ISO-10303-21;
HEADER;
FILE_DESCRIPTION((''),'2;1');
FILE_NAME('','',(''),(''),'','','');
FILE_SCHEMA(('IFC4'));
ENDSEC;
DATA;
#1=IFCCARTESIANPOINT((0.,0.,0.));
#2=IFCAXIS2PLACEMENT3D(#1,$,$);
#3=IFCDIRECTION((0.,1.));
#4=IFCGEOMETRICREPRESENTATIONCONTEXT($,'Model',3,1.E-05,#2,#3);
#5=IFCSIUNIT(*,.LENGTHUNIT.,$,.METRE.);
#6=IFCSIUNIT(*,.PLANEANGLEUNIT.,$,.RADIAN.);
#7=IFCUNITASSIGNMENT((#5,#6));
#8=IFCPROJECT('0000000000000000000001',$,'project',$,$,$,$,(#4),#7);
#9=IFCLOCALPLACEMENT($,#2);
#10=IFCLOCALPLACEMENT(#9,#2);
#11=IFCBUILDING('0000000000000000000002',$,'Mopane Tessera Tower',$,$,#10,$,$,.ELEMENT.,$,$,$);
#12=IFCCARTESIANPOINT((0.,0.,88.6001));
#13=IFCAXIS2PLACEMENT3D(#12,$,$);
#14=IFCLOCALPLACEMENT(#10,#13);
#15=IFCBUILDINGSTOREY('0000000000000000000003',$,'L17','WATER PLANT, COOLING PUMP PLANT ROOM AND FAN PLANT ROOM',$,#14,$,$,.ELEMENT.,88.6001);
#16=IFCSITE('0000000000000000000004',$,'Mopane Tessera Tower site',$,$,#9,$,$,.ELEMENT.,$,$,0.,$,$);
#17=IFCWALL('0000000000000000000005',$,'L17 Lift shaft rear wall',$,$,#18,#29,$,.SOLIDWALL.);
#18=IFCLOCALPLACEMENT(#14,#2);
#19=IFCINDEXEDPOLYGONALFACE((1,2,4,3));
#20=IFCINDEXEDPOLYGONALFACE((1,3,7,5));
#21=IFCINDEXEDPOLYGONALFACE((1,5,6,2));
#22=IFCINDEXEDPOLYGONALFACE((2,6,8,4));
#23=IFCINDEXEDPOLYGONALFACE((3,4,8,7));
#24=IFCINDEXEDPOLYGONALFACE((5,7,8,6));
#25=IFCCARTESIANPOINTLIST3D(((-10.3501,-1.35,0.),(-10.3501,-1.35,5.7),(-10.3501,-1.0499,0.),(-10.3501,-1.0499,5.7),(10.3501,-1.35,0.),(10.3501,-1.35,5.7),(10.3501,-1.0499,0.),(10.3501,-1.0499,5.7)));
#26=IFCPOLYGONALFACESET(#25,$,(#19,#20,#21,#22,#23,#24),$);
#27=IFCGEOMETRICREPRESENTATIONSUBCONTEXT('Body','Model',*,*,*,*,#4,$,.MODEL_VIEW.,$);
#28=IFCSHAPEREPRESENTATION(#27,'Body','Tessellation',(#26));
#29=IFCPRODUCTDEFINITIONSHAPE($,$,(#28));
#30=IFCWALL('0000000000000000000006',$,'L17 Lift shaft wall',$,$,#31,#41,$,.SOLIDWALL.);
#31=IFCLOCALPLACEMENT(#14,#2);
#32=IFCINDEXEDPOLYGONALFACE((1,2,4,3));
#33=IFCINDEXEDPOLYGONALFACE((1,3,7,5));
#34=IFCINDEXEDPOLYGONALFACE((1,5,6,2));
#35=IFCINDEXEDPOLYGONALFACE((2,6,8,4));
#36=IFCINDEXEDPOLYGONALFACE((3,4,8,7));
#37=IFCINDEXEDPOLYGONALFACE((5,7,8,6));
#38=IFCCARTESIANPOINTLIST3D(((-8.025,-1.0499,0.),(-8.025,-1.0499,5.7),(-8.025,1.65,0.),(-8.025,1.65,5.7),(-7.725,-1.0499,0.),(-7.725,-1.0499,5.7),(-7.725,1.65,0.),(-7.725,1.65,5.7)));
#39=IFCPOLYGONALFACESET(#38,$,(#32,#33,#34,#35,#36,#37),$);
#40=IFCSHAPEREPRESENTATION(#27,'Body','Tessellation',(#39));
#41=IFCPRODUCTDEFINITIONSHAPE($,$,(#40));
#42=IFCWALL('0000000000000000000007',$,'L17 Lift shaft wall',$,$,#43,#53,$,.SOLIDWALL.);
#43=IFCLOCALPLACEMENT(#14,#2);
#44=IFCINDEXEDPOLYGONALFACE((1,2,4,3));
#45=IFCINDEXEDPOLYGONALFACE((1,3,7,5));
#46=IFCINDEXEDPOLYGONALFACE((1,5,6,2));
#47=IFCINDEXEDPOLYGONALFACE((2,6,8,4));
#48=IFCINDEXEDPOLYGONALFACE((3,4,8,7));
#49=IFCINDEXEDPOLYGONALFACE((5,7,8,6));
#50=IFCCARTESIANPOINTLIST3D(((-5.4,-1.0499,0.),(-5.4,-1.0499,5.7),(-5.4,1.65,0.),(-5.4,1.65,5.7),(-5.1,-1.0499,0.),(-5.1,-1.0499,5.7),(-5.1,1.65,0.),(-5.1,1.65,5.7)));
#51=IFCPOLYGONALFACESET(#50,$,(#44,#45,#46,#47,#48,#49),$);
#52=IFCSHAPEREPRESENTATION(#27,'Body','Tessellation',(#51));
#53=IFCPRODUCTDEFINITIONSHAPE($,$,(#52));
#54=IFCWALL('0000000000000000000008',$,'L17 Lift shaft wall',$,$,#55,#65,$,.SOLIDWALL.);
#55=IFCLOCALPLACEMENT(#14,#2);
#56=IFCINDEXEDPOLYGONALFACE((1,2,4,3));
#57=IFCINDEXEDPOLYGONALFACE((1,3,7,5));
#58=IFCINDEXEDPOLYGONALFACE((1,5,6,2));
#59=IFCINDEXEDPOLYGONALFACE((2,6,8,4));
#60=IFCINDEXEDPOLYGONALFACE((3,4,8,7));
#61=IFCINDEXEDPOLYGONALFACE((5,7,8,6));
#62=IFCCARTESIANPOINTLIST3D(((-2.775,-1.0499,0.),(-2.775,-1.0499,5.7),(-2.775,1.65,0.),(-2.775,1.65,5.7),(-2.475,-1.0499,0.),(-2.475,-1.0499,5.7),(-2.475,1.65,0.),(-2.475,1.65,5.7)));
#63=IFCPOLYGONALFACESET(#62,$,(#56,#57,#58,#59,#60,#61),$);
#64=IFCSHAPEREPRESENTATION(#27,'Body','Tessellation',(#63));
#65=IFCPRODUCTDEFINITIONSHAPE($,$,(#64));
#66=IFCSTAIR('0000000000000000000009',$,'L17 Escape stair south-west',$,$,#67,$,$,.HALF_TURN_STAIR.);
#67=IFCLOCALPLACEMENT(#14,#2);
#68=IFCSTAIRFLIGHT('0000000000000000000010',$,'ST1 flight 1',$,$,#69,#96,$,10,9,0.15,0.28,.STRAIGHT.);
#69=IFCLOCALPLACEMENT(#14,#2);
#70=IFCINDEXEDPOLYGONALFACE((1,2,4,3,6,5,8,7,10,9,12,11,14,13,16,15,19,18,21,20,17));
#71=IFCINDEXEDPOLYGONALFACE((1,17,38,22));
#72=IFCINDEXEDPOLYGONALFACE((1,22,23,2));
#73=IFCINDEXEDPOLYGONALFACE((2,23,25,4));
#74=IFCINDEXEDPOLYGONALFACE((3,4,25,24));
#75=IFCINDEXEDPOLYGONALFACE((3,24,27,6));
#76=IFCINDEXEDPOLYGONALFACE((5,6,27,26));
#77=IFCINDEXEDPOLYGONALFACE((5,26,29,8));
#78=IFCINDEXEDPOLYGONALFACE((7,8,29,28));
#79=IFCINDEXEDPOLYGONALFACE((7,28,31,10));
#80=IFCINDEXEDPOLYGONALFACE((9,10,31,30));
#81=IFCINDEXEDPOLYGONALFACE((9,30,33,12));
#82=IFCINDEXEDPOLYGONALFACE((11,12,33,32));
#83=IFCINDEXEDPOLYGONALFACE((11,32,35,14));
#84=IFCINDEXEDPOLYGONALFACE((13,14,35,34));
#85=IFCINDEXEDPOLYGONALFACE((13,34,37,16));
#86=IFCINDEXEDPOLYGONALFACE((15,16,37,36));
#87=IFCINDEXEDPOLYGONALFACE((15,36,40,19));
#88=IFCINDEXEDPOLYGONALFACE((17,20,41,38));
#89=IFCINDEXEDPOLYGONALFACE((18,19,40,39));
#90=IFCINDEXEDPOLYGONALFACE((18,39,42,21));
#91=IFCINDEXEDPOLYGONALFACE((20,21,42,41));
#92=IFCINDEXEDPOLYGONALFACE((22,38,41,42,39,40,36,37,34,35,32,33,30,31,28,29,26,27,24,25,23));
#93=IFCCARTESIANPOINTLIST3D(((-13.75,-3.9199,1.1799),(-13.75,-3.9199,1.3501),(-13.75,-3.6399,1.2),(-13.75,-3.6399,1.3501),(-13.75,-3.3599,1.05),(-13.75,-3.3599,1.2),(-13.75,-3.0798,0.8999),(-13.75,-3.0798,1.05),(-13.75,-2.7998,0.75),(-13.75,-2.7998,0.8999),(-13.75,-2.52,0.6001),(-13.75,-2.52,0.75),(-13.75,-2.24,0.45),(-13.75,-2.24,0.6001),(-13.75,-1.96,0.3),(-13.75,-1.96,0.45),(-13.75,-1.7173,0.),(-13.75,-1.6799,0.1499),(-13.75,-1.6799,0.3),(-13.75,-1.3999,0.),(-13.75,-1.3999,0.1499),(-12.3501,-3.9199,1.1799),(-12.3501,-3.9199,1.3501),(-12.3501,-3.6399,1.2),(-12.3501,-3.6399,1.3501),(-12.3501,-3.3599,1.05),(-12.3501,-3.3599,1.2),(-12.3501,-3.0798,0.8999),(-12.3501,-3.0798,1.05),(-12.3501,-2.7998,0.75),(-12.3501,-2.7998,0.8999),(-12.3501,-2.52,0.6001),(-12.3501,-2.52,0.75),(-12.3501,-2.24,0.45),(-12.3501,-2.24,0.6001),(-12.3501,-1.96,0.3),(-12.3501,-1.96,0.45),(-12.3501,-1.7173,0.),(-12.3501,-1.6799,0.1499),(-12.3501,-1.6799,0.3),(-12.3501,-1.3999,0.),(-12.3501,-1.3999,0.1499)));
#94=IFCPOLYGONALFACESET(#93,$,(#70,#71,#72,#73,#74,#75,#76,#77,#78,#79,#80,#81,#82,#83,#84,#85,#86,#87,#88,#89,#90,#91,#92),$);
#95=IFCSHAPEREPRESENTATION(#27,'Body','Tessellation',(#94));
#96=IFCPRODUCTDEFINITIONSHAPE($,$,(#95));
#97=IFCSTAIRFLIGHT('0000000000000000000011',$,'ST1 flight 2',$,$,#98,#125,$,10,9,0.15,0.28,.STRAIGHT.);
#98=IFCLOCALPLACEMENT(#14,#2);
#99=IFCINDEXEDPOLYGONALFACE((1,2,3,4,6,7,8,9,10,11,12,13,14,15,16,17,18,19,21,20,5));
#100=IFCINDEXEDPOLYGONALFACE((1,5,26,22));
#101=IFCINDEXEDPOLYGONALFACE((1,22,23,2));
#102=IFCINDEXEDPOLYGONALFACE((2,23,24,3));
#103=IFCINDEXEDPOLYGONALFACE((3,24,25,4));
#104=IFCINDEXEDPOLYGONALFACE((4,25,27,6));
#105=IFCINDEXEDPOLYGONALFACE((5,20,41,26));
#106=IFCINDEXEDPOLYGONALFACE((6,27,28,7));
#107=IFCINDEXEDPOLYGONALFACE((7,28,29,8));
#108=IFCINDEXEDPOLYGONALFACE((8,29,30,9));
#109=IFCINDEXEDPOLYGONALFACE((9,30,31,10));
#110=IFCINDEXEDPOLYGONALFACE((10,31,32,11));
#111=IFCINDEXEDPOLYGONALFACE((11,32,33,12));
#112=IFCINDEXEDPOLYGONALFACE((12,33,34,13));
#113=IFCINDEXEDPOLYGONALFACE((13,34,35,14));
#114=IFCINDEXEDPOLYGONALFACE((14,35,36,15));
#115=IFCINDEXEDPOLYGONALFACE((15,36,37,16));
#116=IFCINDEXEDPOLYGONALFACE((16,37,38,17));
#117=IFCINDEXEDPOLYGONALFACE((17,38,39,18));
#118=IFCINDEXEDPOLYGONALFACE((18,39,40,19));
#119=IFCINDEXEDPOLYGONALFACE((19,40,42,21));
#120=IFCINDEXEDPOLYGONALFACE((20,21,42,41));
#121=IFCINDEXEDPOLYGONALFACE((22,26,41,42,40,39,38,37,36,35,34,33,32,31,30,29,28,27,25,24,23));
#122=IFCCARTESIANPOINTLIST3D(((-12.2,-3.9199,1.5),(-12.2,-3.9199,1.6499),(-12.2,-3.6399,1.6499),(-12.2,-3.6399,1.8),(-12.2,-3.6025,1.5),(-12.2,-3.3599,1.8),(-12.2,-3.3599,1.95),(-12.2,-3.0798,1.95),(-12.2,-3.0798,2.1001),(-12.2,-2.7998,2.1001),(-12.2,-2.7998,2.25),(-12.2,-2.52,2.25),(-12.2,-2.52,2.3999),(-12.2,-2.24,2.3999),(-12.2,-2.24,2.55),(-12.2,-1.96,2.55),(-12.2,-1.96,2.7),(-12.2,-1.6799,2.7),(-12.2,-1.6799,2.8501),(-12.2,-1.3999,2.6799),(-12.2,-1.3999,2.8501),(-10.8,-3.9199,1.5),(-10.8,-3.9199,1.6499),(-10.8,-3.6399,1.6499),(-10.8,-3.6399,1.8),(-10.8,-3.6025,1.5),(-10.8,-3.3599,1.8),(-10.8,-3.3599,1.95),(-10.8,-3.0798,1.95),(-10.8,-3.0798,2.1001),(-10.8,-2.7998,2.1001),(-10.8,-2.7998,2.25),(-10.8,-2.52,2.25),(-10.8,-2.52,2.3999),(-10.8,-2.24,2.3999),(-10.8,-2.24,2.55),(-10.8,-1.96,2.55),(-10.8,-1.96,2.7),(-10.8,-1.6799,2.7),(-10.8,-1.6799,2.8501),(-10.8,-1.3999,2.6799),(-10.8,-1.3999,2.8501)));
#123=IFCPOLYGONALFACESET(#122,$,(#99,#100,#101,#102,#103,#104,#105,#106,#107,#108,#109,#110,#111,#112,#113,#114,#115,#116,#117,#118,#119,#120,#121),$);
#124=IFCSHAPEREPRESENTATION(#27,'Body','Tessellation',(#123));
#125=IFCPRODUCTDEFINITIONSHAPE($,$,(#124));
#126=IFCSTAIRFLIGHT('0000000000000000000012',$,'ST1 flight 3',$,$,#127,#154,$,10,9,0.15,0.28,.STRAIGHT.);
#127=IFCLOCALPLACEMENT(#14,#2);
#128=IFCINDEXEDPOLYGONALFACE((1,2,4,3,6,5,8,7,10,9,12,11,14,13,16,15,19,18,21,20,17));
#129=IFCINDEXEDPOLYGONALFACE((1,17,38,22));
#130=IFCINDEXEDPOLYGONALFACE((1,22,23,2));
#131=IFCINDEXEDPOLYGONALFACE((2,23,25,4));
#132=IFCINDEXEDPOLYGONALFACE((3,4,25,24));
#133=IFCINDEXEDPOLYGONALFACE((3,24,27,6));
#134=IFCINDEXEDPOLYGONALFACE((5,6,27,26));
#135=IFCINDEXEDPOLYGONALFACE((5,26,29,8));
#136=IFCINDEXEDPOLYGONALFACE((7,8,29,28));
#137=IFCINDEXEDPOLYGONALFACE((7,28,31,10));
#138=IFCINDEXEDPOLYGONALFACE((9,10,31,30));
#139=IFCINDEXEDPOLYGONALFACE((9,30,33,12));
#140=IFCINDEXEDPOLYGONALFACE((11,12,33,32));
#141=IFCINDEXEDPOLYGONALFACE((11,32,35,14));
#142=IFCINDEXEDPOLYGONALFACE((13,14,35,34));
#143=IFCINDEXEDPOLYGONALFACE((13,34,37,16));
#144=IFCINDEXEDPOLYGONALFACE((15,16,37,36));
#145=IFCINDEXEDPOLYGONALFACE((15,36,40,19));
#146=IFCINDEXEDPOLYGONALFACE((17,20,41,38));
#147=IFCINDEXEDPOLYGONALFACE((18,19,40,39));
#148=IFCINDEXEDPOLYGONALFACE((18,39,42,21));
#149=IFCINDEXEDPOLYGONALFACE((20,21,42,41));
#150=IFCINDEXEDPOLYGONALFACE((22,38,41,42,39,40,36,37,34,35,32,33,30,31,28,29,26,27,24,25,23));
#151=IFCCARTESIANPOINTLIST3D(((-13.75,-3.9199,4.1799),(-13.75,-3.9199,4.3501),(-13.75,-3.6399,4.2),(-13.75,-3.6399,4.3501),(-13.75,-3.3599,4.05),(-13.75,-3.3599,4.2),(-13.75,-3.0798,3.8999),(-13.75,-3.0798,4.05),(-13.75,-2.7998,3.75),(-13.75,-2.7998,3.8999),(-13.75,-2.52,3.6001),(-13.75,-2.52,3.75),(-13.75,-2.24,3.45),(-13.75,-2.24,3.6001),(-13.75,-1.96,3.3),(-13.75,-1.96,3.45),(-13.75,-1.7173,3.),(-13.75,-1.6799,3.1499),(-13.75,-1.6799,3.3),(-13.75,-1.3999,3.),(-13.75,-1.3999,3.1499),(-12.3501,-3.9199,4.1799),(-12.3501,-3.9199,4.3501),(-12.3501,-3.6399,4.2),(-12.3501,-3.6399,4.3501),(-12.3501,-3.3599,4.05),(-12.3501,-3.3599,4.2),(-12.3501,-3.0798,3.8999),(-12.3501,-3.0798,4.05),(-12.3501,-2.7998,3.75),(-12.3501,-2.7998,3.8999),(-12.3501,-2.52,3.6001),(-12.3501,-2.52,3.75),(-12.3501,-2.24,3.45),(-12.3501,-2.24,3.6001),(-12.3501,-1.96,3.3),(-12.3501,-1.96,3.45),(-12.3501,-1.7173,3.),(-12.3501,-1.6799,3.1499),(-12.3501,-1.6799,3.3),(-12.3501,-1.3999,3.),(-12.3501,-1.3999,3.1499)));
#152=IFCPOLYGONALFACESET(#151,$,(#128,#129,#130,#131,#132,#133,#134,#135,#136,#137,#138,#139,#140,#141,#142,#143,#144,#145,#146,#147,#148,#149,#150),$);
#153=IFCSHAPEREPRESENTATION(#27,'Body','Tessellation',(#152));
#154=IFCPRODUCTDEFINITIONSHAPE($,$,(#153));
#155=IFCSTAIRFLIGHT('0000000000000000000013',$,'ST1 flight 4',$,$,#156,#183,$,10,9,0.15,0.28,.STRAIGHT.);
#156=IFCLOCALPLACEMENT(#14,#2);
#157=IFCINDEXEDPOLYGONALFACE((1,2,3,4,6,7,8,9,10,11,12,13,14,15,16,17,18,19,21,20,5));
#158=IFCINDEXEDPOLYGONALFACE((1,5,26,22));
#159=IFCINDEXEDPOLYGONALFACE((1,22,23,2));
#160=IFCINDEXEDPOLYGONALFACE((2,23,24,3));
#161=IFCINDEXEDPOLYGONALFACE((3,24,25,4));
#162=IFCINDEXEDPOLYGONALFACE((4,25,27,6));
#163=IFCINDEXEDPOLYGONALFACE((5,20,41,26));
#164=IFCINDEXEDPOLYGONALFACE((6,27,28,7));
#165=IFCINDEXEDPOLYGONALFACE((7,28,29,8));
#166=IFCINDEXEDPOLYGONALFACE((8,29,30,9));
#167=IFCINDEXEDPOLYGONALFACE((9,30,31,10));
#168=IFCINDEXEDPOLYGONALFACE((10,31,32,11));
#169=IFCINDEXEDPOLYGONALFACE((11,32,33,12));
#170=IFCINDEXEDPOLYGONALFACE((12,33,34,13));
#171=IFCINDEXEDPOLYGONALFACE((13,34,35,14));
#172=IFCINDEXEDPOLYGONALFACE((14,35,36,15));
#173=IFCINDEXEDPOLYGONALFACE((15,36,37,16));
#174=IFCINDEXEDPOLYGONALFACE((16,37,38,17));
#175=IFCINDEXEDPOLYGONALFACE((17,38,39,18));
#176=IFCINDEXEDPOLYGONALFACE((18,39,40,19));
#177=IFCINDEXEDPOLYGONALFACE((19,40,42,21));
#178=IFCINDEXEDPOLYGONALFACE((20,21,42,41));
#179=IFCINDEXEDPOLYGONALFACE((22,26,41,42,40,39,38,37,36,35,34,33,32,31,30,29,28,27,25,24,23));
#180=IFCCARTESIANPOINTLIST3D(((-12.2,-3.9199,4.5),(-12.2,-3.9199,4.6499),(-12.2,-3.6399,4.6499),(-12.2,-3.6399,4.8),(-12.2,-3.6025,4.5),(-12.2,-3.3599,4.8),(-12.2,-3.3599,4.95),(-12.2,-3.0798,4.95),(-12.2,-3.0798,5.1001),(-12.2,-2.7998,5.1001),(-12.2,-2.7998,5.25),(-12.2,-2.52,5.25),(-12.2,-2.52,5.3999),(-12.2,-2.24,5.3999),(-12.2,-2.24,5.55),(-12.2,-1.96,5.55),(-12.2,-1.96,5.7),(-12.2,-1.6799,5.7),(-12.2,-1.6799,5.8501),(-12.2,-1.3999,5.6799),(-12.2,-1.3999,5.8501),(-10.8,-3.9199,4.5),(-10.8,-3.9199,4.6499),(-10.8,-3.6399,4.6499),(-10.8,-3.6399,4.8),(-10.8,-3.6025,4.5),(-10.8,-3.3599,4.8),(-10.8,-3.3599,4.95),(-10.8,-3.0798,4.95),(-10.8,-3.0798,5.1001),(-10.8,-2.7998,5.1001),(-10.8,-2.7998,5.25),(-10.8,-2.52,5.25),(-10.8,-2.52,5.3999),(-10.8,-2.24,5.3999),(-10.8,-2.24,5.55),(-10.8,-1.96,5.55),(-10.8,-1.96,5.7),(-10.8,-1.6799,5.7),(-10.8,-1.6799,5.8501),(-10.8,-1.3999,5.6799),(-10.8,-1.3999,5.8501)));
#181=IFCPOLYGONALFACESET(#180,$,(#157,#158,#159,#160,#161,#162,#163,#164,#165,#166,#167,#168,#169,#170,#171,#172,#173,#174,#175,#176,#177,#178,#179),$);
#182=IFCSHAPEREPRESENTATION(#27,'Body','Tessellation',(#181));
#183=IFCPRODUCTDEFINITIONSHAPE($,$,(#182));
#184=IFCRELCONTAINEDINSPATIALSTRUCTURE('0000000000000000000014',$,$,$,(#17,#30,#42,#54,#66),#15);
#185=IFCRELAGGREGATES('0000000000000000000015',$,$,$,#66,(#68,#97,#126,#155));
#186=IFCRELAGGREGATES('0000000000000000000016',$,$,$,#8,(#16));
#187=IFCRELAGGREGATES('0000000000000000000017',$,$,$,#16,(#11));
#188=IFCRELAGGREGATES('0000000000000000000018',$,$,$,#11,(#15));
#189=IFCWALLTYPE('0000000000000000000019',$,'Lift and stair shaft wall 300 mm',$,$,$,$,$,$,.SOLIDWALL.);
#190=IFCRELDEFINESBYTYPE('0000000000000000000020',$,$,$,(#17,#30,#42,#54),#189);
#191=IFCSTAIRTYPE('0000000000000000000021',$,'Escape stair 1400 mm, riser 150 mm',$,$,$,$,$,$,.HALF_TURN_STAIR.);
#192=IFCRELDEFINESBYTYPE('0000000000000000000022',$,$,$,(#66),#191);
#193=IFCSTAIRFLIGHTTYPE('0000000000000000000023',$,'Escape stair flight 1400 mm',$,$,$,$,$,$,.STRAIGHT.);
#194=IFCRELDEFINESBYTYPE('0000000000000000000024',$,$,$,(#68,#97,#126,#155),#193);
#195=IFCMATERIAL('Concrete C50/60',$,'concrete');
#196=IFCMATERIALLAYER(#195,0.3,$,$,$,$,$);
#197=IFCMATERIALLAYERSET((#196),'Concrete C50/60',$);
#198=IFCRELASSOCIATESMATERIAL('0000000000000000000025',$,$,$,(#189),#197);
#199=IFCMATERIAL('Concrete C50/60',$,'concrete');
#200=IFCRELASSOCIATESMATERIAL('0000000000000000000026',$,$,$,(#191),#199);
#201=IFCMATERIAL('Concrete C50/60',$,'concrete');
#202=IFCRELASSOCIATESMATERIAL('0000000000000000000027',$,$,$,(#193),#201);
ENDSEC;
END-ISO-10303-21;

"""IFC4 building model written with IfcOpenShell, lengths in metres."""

from ifc_helpers import new_model, si_unit, direction, frame, frame_2d, origin, place, context, subcontext, project, spatial, polyline, rectangle, outline, extrude, material, layer, layer_set, type_object, element, aggregate, save


model = new_model("IFC4")

# Units and contexts
model_context = context("Model", 3, precision=1e-05, world=origin(), true_north=direction((0.0, 1.0)))
body_context = subcontext(model_context, "Body", "Model", "MODEL_VIEW")
ifc_project = project(units=[si_unit("LENGTHUNIT", "METRE"), si_unit("PLANEANGLEUNIT", "RADIAN")], contexts=[model_context])

# Site, building, storey
site_placement = place(None, origin())
site = spatial("IfcSite", under=ifc_project, at=site_placement, Name="Mopane Tessera Tower site", CompositionType="ELEMENT", RefElevation=0.0)
building_placement = place(site_placement, origin())
building = spatial("IfcBuilding", under=site, at=building_placement, Name="Mopane Tessera Tower", CompositionType="ELEMENT")
storey_placement = place(building_placement, frame((0.0, 0.0, 88.6001)))
storey = spatial("IfcBuildingStorey", under=building, at=storey_placement, Name="L17", Description="WATER PLANT, COOLING PUMP PLANT ROOM AND FAN PLANT ROOM", CompositionType="ELEMENT", Elevation=88.6001)

# Walls
ifc_material_1 = material(Name="Concrete C50/60", Category="concrete")
ifc_layer_1 = layer(ifc_material_1, 0.3)
ifc_layer_set_1 = layer_set([ifc_layer_1], Name="Concrete C50/60")
wall_type_1 = type_object("IfcWallType", Name="Lift and stair shaft wall 300 mm", PredefinedType="SOLIDWALL", material=ifc_layer_set_1)
wall_1_placement = place(storey_placement, frame((-10.3501, -1.2, 0.0), z_axis=(0.0, 0.0, 1.0), x_axis=(1.0, 0.0, 0.0)))
element("IfcWall", 1, at=wall_1_placement, inside=storey, type_object=wall_type_1, Name="L17 Lift shaft rear wall", PredefinedType="SOLIDWALL", context=body_context, shape_type="SweptSolid", body=[
    extrude(rectangle(XDim=20.7002, YDim=0.3, at=frame_2d((10.3501, 0.0))), origin(), (0.0, 0.0, 1.0), 5.7),
])
for number, where, z_axis, x_axis, name in (
    (2, (-7.875, -1.05, 0.0), (0.0, 0.0, 1.0), (0.0, 1.0, 0.0), "L17 Lift shaft wall"),
    (3, (-5.25, -1.05, 0.0), (0.0, 0.0, 1.0), (0.0, 1.0, 0.0), "L17 Lift shaft wall"),
    (4, (-2.625, -1.05, 0.0), (0.0, 0.0, 1.0), (0.0, 1.0, 0.0), "L17 Lift shaft wall"),
):
    element("IfcWall", number, at=place(storey_placement, frame(where, z_axis=z_axis, x_axis=x_axis)), inside=storey, type_object=wall_type_1, Name=name, PredefinedType="SOLIDWALL", context=body_context, shape_type="SweptSolid", body=[
        extrude(rectangle(XDim=2.7, YDim=0.3, at=frame_2d((1.3501, 0.0))), origin(), (0.0, 0.0, 1.0), 5.7),
    ])

# Stair, stair flights
ifc_material_2 = material(Name="Concrete C50/60", Category="concrete")
stair_type = type_object("IfcStairType", Name="Escape stair 1400 mm, riser 150 mm", PredefinedType="HALF_TURN_STAIR", material=ifc_material_2)
stair_placement = place(storey_placement, origin())
stair = element("IfcStair", 5, at=stair_placement, inside=storey, type_object=stair_type, Name="L17 Escape stair south-west", PredefinedType="HALF_TURN_STAIR")
ifc_material_3 = material(Name="Concrete C50/60", Category="concrete")
stair_flight_type = type_object("IfcStairFlightType", Name="Escape stair flight 1400 mm", PredefinedType="STRAIGHT", material=ifc_material_3)
stair_flight_1_placement = place(storey_placement, frame((-13.05, -1.3999, 0.0), z_axis=(0.0, 0.0, 1.0), x_axis=(0.0, -1.0, 0.0)))
stair_flight_1 = element("IfcStairFlight", 6, at=stair_flight_1_placement, type_object=stair_flight_type, Name="ST1 flight 1", NumberOfRisers=10, NumberOfTreads=9, PredefinedType="STRAIGHT", RiserHeight=0.15, TreadLength=0.28, context=body_context, shape_type="SweptSolid", body=[
    extrude(outline(polyline([(0.0, 0.0), (0.0, 0.1499), (0.28, 0.1499), (0.28, 0.3), (0.5601, 0.3), (0.5601, 0.45), (0.8401, 0.45), (0.8401, 0.6001), (1.1201, 0.6001), (1.1201, 0.75), (1.3999, 0.75), (1.3999, 0.8999), (1.6799, 0.8999), (1.6799, 1.05), (1.96, 1.05), (1.96, 1.2), (2.24, 1.2), (2.24, 1.3501), (2.52, 1.3501), (2.52, 1.5), (2.52, 1.1799), (0.3174, 0.0), (0.0, 0.0)])), frame((0.0, 0.7, 0.0), z_axis=(0.0, -1.0, 0.0), x_axis=(1.0, 0.0, 0.0)), (0.0, 0.0, 1.0), 1.3999),
])
stair_flight_2_placement = place(storey_placement, frame((-11.5, -3.9199, 1.5), z_axis=(0.0, 0.0, 1.0), x_axis=(0.0, 1.0, 0.0)))
stair_flight_2 = element("IfcStairFlight", 7, at=stair_flight_2_placement, type_object=stair_flight_type, Name="ST1 flight 2", NumberOfRisers=10, NumberOfTreads=9, PredefinedType="STRAIGHT", RiserHeight=0.15, TreadLength=0.28, context=body_context, shape_type="SweptSolid", body=[
    extrude(outline(polyline([(0.0, 0.0), (0.0, 0.1499), (0.28, 0.1499), (0.28, 0.3), (0.5601, 0.3), (0.5601, 0.45), (0.8401, 0.45), (0.8401, 0.6001), (1.1201, 0.6001), (1.1201, 0.75), (1.3999, 0.75), (1.3999, 0.8999), (1.6799, 0.8999), (1.6799, 1.05), (1.96, 1.05), (1.96, 1.2), (2.24, 1.2), (2.24, 1.3501), (2.52, 1.3501), (2.52, 1.5), (2.52, 1.1799), (0.3174, 0.0), (0.0, 0.0)])), frame((0.0, 0.7, 0.0), z_axis=(0.0, -1.0, 0.0), x_axis=(1.0, 0.0, 0.0)), (0.0, 0.0, 1.0), 1.3999),
])
stair_flight_3_placement = place(storey_placement, frame((-13.05, -1.3999, 3.0), z_axis=(0.0, 0.0, 1.0), x_axis=(0.0, -1.0, 0.0)))
stair_flight_3 = element("IfcStairFlight", 8, at=stair_flight_3_placement, type_object=stair_flight_type, Name="ST1 flight 3", NumberOfRisers=10, NumberOfTreads=9, PredefinedType="STRAIGHT", RiserHeight=0.15, TreadLength=0.28, context=body_context, shape_type="SweptSolid", body=[
    extrude(outline(polyline([(0.0, 0.0), (0.0, 0.1499), (0.28, 0.1499), (0.28, 0.3), (0.5601, 0.3), (0.5601, 0.45), (0.8401, 0.45), (0.8401, 0.6001), (1.1201, 0.6001), (1.1201, 0.75), (1.3999, 0.75), (1.3999, 0.8999), (1.6799, 0.8999), (1.6799, 1.05), (1.96, 1.05), (1.96, 1.2), (2.24, 1.2), (2.24, 1.3501), (2.52, 1.3501), (2.52, 1.5), (2.52, 1.1799), (0.3174, 0.0), (0.0, 0.0)])), frame((0.0, 0.7, 0.0), z_axis=(0.0, -1.0, 0.0), x_axis=(1.0, 0.0, 0.0)), (0.0, 0.0, 1.0), 1.3999),
])
stair_flight_4_placement = place(storey_placement, frame((-11.5, -3.9199, 4.5), z_axis=(0.0, 0.0, 1.0), x_axis=(0.0, 1.0, 0.0)))
stair_flight_4 = element("IfcStairFlight", 9, at=stair_flight_4_placement, type_object=stair_flight_type, Name="ST1 flight 4", NumberOfRisers=10, NumberOfTreads=9, PredefinedType="STRAIGHT", RiserHeight=0.15, TreadLength=0.28, context=body_context, shape_type="SweptSolid", body=[
    extrude(outline(polyline([(0.0, 0.0), (0.0, 0.1499), (0.28, 0.1499), (0.28, 0.3), (0.5601, 0.3), (0.5601, 0.45), (0.8401, 0.45), (0.8401, 0.6001), (1.1201, 0.6001), (1.1201, 0.75), (1.3999, 0.75), (1.3999, 0.8999), (1.6799, 0.8999), (1.6799, 1.05), (1.96, 1.05), (1.96, 1.2), (2.24, 1.2), (2.24, 1.3501), (2.52, 1.3501), (2.52, 1.5), (2.52, 1.1799), (0.3174, 0.0), (0.0, 0.0)])), frame((0.0, 0.7, 0.0), z_axis=(0.0, -1.0, 0.0), x_axis=(1.0, 0.0, 0.0)), (0.0, 0.0, 1.0), 1.3999),
])
aggregate(stair, [stair_flight_1, stair_flight_2, stair_flight_3, stair_flight_4])

save(model, "model.ifc")
